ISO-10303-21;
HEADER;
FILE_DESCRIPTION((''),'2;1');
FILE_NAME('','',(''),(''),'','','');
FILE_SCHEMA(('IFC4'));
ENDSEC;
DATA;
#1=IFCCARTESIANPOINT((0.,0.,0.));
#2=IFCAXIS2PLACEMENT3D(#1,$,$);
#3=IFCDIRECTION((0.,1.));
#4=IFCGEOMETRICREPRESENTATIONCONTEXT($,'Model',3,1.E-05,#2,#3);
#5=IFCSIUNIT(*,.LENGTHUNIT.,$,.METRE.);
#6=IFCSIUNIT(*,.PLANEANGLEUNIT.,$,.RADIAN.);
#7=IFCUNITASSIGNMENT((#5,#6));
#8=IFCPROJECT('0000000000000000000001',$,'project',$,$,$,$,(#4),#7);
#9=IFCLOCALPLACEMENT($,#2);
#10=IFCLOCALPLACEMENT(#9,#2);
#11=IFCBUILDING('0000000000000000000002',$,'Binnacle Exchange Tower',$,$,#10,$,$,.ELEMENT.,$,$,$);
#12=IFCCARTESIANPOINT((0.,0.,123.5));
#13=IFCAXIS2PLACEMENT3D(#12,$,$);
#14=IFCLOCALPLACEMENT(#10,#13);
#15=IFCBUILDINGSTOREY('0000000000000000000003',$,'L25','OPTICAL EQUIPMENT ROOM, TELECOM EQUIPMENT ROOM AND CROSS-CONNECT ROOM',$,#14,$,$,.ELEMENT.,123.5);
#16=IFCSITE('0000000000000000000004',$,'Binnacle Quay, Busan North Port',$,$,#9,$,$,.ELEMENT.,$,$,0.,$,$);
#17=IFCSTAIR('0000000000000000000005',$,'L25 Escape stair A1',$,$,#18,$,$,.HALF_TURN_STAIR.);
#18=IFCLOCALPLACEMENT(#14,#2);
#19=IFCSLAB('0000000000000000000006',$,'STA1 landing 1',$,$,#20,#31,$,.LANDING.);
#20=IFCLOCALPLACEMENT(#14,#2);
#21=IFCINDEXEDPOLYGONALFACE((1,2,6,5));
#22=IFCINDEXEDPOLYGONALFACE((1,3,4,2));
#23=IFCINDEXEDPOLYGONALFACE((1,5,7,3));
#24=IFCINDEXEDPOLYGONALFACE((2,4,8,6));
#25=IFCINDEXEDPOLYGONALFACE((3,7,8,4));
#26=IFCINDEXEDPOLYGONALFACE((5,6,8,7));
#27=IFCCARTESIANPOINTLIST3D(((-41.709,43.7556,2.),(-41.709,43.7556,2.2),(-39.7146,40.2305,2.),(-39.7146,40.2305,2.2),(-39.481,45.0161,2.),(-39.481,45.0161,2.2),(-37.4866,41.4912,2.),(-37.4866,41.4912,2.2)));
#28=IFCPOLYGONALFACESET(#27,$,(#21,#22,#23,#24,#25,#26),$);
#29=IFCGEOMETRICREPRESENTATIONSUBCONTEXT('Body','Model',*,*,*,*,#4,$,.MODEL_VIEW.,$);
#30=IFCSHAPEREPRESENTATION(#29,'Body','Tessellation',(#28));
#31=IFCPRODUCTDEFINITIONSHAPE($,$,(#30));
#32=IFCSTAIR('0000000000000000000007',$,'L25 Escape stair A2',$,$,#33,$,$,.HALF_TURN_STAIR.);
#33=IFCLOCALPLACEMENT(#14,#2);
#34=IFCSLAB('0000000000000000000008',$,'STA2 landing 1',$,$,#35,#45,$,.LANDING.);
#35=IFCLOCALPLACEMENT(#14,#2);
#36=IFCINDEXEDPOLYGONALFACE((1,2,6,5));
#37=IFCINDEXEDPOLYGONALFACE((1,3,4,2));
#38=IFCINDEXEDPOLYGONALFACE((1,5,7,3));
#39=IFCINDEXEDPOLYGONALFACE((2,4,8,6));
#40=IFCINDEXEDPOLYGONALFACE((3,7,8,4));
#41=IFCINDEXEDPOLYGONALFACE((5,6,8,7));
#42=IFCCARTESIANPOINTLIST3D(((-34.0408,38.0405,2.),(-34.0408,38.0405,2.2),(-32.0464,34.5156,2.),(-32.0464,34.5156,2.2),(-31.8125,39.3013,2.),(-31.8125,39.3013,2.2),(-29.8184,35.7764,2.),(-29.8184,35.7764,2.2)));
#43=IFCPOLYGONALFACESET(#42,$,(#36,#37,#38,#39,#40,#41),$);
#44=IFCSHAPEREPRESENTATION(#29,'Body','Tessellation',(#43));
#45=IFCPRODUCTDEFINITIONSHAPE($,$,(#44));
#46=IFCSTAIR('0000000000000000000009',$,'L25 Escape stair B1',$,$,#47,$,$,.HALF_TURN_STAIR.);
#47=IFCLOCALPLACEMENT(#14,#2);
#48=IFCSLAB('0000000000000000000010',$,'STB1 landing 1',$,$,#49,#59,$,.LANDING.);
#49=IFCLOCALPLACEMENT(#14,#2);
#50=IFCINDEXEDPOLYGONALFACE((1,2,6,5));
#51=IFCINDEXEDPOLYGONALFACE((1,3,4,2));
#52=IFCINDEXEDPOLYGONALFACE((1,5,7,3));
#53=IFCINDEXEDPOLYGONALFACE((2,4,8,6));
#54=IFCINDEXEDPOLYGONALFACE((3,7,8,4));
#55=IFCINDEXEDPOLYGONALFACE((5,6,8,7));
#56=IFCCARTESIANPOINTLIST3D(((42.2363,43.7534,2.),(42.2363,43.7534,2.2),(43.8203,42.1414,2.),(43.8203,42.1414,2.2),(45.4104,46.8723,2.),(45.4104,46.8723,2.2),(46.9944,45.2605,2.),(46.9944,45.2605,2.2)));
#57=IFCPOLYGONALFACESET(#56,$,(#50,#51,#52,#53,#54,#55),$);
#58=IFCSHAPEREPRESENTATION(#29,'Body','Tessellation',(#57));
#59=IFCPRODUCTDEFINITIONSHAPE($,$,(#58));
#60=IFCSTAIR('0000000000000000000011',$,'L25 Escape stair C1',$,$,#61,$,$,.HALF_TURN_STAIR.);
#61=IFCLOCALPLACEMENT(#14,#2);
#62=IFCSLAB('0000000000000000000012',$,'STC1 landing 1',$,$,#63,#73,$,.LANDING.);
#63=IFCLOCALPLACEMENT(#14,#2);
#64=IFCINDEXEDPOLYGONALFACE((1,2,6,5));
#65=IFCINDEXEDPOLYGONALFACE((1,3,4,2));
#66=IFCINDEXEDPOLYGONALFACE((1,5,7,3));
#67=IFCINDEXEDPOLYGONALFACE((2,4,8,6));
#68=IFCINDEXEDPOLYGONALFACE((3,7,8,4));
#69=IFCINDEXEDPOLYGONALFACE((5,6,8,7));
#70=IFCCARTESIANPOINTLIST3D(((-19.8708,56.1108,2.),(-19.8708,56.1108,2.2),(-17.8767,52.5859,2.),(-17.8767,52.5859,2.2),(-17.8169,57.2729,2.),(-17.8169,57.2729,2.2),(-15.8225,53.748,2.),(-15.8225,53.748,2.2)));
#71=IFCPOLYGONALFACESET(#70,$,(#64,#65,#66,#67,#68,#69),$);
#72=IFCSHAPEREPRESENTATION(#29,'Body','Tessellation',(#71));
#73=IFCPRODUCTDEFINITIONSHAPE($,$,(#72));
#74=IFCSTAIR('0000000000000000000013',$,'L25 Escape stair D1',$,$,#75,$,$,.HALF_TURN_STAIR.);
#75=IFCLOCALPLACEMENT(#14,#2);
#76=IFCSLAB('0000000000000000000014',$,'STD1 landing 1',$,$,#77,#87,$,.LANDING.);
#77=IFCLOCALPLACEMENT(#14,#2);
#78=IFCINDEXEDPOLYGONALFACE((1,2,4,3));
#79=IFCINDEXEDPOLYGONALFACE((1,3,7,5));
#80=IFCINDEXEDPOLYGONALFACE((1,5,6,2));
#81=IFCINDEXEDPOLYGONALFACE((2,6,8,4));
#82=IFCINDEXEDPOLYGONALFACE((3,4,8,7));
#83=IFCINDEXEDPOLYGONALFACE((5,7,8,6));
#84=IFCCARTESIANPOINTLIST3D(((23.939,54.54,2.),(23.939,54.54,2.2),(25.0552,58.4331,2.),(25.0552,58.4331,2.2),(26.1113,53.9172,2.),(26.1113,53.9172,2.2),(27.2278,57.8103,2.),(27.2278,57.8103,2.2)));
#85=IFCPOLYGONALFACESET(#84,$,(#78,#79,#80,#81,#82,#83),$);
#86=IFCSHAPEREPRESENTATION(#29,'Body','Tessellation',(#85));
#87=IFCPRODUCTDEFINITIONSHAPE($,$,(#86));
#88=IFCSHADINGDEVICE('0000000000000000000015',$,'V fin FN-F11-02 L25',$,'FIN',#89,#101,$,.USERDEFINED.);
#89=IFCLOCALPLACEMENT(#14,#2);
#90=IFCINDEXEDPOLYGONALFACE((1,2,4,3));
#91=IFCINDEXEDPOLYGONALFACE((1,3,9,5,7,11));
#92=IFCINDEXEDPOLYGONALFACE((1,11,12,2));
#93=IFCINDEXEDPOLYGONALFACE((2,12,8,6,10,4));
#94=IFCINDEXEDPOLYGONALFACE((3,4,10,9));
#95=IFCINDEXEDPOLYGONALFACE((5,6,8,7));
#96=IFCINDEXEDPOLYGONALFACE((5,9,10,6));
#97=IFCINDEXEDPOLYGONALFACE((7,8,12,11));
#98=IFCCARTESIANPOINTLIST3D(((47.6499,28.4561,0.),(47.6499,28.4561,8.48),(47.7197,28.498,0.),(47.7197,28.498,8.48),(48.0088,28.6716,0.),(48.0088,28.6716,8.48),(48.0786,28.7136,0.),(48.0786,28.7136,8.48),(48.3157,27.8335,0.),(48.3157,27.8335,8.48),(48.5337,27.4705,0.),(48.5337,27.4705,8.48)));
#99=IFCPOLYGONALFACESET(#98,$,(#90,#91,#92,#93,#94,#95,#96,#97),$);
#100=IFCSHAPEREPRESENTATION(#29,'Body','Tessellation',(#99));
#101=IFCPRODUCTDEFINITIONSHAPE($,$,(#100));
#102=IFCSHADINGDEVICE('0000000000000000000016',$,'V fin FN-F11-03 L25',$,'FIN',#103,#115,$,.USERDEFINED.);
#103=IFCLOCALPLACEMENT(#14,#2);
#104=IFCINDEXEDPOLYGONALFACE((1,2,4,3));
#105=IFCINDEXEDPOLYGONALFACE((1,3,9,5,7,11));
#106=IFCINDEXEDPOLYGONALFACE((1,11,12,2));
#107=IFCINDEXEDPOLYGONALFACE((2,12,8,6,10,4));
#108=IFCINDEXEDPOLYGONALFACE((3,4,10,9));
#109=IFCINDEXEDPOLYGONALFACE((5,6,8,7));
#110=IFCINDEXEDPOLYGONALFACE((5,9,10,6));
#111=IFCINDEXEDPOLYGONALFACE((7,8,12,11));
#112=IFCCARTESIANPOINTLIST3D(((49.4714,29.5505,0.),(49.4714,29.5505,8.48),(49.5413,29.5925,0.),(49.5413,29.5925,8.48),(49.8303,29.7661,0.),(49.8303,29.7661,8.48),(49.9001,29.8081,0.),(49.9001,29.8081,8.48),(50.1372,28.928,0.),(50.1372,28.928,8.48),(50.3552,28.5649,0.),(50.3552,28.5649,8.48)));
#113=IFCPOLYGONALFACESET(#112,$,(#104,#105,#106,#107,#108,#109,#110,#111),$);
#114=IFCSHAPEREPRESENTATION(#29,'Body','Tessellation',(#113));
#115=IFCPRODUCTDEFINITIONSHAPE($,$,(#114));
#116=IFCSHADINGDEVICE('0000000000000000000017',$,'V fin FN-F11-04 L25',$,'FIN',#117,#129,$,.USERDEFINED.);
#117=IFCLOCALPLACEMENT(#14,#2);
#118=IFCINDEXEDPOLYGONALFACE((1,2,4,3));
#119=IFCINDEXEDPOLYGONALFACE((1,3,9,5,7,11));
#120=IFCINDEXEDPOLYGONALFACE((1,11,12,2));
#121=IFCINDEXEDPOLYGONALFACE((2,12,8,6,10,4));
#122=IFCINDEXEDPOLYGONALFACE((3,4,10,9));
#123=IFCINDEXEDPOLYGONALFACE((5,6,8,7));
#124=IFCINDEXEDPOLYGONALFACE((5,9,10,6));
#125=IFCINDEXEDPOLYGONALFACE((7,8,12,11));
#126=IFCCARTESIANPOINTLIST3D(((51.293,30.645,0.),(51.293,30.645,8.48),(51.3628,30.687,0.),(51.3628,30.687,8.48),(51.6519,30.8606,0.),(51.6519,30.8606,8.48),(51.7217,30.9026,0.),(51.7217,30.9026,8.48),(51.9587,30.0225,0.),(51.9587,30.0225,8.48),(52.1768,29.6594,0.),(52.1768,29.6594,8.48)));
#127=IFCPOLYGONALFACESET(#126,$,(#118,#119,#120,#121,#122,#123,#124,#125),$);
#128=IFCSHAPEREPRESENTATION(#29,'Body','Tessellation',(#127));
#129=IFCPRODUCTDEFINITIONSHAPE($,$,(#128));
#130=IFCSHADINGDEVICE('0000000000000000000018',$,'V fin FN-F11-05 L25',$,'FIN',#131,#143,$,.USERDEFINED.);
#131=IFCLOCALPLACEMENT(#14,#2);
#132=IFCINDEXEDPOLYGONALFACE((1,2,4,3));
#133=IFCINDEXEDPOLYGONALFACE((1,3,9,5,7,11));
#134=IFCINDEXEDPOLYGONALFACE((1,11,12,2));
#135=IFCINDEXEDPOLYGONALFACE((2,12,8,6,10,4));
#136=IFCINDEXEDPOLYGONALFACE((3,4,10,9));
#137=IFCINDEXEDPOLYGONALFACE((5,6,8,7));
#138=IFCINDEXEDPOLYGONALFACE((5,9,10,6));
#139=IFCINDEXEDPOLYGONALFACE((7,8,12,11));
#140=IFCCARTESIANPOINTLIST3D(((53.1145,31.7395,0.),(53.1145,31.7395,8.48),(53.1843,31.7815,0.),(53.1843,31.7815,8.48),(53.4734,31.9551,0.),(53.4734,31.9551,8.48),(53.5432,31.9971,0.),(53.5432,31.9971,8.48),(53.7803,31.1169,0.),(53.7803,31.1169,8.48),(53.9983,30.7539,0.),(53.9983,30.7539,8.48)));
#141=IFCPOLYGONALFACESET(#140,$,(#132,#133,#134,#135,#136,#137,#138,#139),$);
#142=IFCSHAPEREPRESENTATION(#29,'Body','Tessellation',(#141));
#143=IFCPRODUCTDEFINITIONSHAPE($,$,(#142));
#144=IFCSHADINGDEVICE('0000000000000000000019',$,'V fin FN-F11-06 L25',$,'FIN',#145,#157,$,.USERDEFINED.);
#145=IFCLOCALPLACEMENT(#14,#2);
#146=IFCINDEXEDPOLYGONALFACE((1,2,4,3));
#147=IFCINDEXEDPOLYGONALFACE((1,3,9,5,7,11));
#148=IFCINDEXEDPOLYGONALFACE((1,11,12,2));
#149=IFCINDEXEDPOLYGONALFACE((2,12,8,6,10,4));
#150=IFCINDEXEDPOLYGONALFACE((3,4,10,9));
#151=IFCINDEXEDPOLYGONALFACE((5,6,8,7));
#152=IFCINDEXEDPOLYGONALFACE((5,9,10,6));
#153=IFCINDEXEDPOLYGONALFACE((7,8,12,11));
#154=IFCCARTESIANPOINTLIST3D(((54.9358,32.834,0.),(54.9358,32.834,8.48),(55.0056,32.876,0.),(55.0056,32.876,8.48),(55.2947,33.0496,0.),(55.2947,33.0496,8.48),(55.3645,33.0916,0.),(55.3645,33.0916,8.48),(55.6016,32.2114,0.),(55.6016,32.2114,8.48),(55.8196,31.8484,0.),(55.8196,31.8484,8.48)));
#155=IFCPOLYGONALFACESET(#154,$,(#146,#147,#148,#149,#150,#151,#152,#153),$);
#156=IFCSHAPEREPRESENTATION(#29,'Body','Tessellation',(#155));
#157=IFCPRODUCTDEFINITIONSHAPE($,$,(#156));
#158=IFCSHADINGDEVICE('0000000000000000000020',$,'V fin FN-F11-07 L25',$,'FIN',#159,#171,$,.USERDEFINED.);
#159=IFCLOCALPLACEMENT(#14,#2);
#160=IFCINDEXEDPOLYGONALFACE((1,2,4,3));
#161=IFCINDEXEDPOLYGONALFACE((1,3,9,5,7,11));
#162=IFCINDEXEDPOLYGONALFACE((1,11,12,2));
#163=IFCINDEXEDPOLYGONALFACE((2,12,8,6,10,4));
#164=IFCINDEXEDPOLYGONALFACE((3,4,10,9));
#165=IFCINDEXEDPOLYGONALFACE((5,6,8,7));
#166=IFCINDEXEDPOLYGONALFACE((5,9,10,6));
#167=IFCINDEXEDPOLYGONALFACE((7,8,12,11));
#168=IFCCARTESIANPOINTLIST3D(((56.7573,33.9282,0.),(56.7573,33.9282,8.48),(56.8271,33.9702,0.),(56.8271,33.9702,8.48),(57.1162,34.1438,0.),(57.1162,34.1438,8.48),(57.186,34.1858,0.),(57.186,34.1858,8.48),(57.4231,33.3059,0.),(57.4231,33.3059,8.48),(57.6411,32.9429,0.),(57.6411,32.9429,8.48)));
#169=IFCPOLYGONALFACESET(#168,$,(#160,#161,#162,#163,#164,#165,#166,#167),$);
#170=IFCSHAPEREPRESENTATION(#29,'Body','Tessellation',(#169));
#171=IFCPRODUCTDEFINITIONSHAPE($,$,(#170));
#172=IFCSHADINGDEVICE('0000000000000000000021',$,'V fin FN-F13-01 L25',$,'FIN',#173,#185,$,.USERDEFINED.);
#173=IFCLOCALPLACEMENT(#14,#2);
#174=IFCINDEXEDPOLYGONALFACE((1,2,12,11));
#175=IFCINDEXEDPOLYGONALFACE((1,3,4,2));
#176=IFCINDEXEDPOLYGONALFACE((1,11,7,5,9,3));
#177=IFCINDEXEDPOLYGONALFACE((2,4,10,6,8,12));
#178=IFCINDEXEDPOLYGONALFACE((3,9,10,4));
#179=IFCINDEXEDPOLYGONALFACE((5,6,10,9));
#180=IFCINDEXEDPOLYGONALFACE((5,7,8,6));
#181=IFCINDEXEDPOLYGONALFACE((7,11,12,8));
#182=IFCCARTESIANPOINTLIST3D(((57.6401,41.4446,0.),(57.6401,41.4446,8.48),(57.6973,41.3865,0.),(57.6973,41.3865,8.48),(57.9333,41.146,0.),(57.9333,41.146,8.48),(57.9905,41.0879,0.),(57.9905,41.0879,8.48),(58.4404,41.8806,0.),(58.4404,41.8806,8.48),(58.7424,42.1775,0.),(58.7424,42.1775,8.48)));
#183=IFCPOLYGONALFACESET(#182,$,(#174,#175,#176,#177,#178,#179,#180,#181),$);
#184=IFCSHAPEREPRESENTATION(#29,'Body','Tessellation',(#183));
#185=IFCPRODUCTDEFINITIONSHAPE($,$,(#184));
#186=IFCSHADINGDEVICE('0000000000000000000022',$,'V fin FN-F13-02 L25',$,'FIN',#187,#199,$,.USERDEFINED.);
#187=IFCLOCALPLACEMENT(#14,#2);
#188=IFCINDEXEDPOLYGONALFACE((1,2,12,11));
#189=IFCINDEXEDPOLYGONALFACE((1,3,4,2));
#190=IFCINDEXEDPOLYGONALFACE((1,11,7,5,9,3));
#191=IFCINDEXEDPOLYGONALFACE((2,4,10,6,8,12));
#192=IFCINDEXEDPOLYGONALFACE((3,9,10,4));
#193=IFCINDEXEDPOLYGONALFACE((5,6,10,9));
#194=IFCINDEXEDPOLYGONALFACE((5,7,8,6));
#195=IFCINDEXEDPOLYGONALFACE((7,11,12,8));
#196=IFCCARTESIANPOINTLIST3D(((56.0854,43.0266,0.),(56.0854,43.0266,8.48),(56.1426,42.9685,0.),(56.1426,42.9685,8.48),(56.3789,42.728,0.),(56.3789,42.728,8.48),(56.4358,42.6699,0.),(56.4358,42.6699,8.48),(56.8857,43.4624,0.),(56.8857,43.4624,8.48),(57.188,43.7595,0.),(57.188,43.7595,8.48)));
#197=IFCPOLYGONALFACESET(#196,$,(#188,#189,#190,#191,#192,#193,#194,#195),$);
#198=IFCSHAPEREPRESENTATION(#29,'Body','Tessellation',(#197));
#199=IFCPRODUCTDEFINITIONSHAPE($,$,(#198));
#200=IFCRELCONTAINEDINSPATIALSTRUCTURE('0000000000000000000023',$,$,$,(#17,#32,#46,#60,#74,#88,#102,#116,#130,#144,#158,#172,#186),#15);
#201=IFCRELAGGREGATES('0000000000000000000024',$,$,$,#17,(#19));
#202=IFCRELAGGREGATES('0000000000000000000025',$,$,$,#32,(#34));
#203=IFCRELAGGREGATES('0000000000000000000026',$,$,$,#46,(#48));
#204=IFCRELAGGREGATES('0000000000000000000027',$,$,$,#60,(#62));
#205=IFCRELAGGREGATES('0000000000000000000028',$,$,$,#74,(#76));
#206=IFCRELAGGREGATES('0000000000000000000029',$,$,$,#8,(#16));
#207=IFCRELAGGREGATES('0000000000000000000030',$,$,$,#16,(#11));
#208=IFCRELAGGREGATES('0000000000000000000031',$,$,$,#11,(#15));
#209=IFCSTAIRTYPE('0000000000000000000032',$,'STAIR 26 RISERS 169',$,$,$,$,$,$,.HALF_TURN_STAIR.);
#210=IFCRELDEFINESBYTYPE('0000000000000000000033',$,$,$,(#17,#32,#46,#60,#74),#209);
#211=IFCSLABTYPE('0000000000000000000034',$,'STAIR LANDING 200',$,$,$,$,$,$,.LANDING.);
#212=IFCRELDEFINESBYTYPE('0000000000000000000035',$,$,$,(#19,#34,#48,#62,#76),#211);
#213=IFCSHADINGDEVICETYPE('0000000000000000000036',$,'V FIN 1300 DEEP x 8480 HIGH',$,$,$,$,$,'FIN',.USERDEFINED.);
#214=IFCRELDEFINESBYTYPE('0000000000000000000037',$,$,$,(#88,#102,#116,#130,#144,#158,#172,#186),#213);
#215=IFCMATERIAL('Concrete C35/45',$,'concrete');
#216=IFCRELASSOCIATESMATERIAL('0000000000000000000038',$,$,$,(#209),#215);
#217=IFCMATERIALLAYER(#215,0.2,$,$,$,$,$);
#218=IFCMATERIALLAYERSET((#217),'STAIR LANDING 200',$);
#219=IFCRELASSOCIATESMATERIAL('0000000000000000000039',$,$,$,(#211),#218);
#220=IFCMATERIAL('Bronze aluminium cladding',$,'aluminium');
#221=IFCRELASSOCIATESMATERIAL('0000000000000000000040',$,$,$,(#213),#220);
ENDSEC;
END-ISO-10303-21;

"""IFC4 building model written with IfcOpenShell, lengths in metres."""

from ifc_helpers import new_model, si_unit, direction, frame, origin, place, context, subcontext, project, spatial, polyline, outline, extrude, material, layer, layer_set, type_object, element, aggregate, save


model = new_model("IFC4")

# Units and contexts
model_context = context("Model", 3, precision=1e-05, world=origin(), true_north=direction((0.0, 1.0)))
body_context = subcontext(model_context, "Body", "Model", "MODEL_VIEW")
ifc_project = project(units=[si_unit("LENGTHUNIT", "METRE"), si_unit("PLANEANGLEUNIT", "RADIAN")], contexts=[model_context])

# Site, building, storey
site_placement = place(None, origin())
site = spatial("IfcSite", under=ifc_project, at=site_placement, Name="Binnacle Quay, Busan North Port", CompositionType="ELEMENT", RefElevation=0.0)
building_placement = place(site_placement, origin())
building = spatial("IfcBuilding", under=site, at=building_placement, Name="Binnacle Exchange Tower", CompositionType="ELEMENT")
storey_placement = place(building_placement, frame((0.0, 0.0, 123.5)))
storey = spatial("IfcBuildingStorey", under=building, at=storey_placement, Name="L25", Description="OPTICAL EQUIPMENT ROOM, TELECOM EQUIPMENT ROOM AND CROSS-CONNECT ROOM", CompositionType="ELEMENT", Elevation=123.5)

# Stairs, slabs
ifc_material_1 = material(Name="Concrete C35/45", Category="concrete")
stair_type = type_object("IfcStairType", Name="STAIR 26 RISERS 169", PredefinedType="HALF_TURN_STAIR", material=ifc_material_1)
stair_1_placement = place(storey_placement, origin())
stair_1 = element("IfcStair", 1, at=stair_1_placement, inside=storey, type_object=stair_type, Name="L25 Escape stair A1", PredefinedType="HALF_TURN_STAIR")
ifc_layer = layer(ifc_material_1, 0.2)
ifc_layer_set = layer_set([ifc_layer], Name="STAIR LANDING 200")
slab_type = type_object("IfcSlabType", Name="STAIR LANDING 200", PredefinedType="LANDING", material=ifc_layer_set)
slab_1_placement = place(storey_placement, frame((0.0, 0.0, 2.0)))
slab_1 = element("IfcSlab", 2, at=slab_1_placement, type_object=slab_type, Name="STA1 landing 1", PredefinedType="LANDING", context=body_context, shape_type="SweptSolid", body=[
    extrude(outline(polyline([(-39.7146, 40.2305), (-37.4866, 41.4912), (-39.481, 45.0161), (-41.709, 43.7556), (-39.7146, 40.2305)])), origin(), (0.0, 0.0, 1.0), 0.2),
])
aggregate(stair_1, [slab_1])
stair_2_placement = place(storey_placement, origin())
stair_2 = element("IfcStair", 3, at=stair_2_placement, inside=storey, type_object=stair_type, Name="L25 Escape stair A2", PredefinedType="HALF_TURN_STAIR")
slab_2_placement = place(storey_placement, frame((0.0, 0.0, 2.0)))
slab_2 = element("IfcSlab", 4, at=slab_2_placement, type_object=slab_type, Name="STA2 landing 1", PredefinedType="LANDING", context=body_context, shape_type="SweptSolid", body=[
    extrude(outline(polyline([(-31.8125, 39.3013), (-34.0408, 38.0405), (-32.0464, 34.5156), (-29.8184, 35.7764), (-31.8125, 39.3013)])), origin(), (0.0, 0.0, 1.0), 0.2),
])
aggregate(stair_2, [slab_2])
stair_3_placement = place(storey_placement, origin())
stair_3 = element("IfcStair", 5, at=stair_3_placement, inside=storey, type_object=stair_type, Name="L25 Escape stair B1", PredefinedType="HALF_TURN_STAIR")
slab_3_placement = place(storey_placement, frame((0.0, 0.0, 2.0)))
slab_3 = element("IfcSlab", 6, at=slab_3_placement, type_object=slab_type, Name="STB1 landing 1", PredefinedType="LANDING", context=body_context, shape_type="SweptSolid", body=[
    extrude(outline(polyline([(42.2363, 43.7534), (43.8203, 42.1414), (46.9944, 45.2605), (45.4104, 46.8723), (42.2363, 43.7534)])), origin(), (0.0, 0.0, 1.0), 0.2),
])
aggregate(stair_3, [slab_3])
stair_4_placement = place(storey_placement, origin())
stair_4 = element("IfcStair", 7, at=stair_4_placement, inside=storey, type_object=stair_type, Name="L25 Escape stair C1", PredefinedType="HALF_TURN_STAIR")
slab_4_placement = place(storey_placement, frame((0.0, 0.0, 2.0)))
slab_4 = element("IfcSlab", 8, at=slab_4_placement, type_object=slab_type, Name="STC1 landing 1", PredefinedType="LANDING", context=body_context, shape_type="SweptSolid", body=[
    extrude(outline(polyline([(-17.8767, 52.5859), (-15.8225, 53.748), (-17.8169, 57.2729), (-19.8708, 56.1108), (-17.8767, 52.5859)])), origin(), (0.0, 0.0, 1.0), 0.2),
])
aggregate(stair_4, [slab_4])
stair_5_placement = place(storey_placement, origin())
stair_5 = element("IfcStair", 9, at=stair_5_placement, inside=storey, type_object=stair_type, Name="L25 Escape stair D1", PredefinedType="HALF_TURN_STAIR")
slab_5_placement = place(storey_placement, frame((0.0, 0.0, 2.0)))
slab_5 = element("IfcSlab", 10, at=slab_5_placement, type_object=slab_type, Name="STD1 landing 1", PredefinedType="LANDING", context=body_context, shape_type="SweptSolid", body=[
    extrude(outline(polyline([(23.939, 54.54), (26.1113, 53.9172), (27.2278, 57.8103), (25.0552, 58.4331), (23.939, 54.54)])), origin(), (0.0, 0.0, 1.0), 0.2),
])
aggregate(stair_5, [slab_5])

# Shading devices
ifc_material_2 = material(Name="Bronze aluminium cladding", Category="aluminium")
shading_device_type = type_object("IfcShadingDeviceType", Name="V FIN 1300 DEEP x 8480 HIGH", ElementType="FIN", PredefinedType="USERDEFINED", material=ifc_material_2)
shading_device_1_placement = place(storey_placement, origin())
element("IfcShadingDevice", 11, at=shading_device_1_placement, inside=storey, type_object=shading_device_type, Name="V fin FN-F11-02 L25", ObjectType="FIN", PredefinedType="USERDEFINED", context=body_context, shape_type="SweptSolid", body=[
    extrude(outline(polyline([(47.6499, 28.4561), (48.5337, 27.4705), (48.0786, 28.7136), (48.0088, 28.6716), (48.3157, 27.8335), (47.7197, 28.498), (47.6499, 28.4561)])), origin(), (0.0, 0.0, 1.0), 8.48),
])
shading_device_2_placement = place(storey_placement, origin())
element("IfcShadingDevice", 12, at=shading_device_2_placement, inside=storey, type_object=shading_device_type, Name="V fin FN-F11-03 L25", ObjectType="FIN", PredefinedType="USERDEFINED", context=body_context, shape_type="SweptSolid", body=[
    extrude(outline(polyline([(49.4714, 29.5505), (50.3552, 28.5649), (49.9001, 29.8081), (49.8303, 29.7661), (50.1372, 28.928), (49.5413, 29.5925), (49.4714, 29.5505)])), origin(), (0.0, 0.0, 1.0), 8.48),
])
shading_device_3_placement = place(storey_placement, origin())
element("IfcShadingDevice", 13, at=shading_device_3_placement, inside=storey, type_object=shading_device_type, Name="V fin FN-F11-04 L25", ObjectType="FIN", PredefinedType="USERDEFINED", context=body_context, shape_type="SweptSolid", body=[
    extrude(outline(polyline([(51.293, 30.645), (52.1768, 29.6594), (51.7217, 30.9026), (51.6519, 30.8606), (51.9587, 30.0225), (51.3628, 30.687), (51.293, 30.645)])), origin(), (0.0, 0.0, 1.0), 8.48),
])
shading_device_4_placement = place(storey_placement, origin())
element("IfcShadingDevice", 14, at=shading_device_4_placement, inside=storey, type_object=shading_device_type, Name="V fin FN-F11-05 L25", ObjectType="FIN", PredefinedType="USERDEFINED", context=body_context, shape_type="SweptSolid", body=[
    extrude(outline(polyline([(53.1145, 31.7395), (53.9983, 30.7539), (53.5432, 31.9971), (53.4734, 31.9551), (53.7803, 31.1169), (53.1843, 31.7815), (53.1145, 31.7395)])), origin(), (0.0, 0.0, 1.0), 8.48),
])
shading_device_5_placement = place(storey_placement, origin())
element("IfcShadingDevice", 15, at=shading_device_5_placement, inside=storey, type_object=shading_device_type, Name="V fin FN-F11-06 L25", ObjectType="FIN", PredefinedType="USERDEFINED", context=body_context, shape_type="SweptSolid", body=[
    extrude(outline(polyline([(54.9358, 32.834), (55.8196, 31.8484), (55.3645, 33.0916), (55.2947, 33.0496), (55.6016, 32.2114), (55.0056, 32.876), (54.9358, 32.834)])), origin(), (0.0, 0.0, 1.0), 8.48),
])
shading_device_6_placement = place(storey_placement, origin())
element("IfcShadingDevice", 16, at=shading_device_6_placement, inside=storey, type_object=shading_device_type, Name="V fin FN-F11-07 L25", ObjectType="FIN", PredefinedType="USERDEFINED", context=body_context, shape_type="SweptSolid", body=[
    extrude(outline(polyline([(56.7573, 33.9282), (57.6411, 32.9429), (57.186, 34.1858), (57.1162, 34.1438), (57.4231, 33.3059), (56.8271, 33.9702), (56.7573, 33.9282)])), origin(), (0.0, 0.0, 1.0), 8.48),
])
shading_device_7_placement = place(storey_placement, origin())
element("IfcShadingDevice", 17, at=shading_device_7_placement, inside=storey, type_object=shading_device_type, Name="V fin FN-F13-01 L25", ObjectType="FIN", PredefinedType="USERDEFINED", context=body_context, shape_type="SweptSolid", body=[
    extrude(outline(polyline([(57.9905, 41.0879), (58.7424, 42.1775), (57.6401, 41.4446), (57.6973, 41.3865), (58.4404, 41.8806), (57.9333, 41.146), (57.9905, 41.0879)])), origin(), (0.0, 0.0, 1.0), 8.48),
])
shading_device_8_placement = place(storey_placement, origin())
element("IfcShadingDevice", 18, at=shading_device_8_placement, inside=storey, type_object=shading_device_type, Name="V fin FN-F13-02 L25", ObjectType="FIN", PredefinedType="USERDEFINED", context=body_context, shape_type="SweptSolid", body=[
    extrude(outline(polyline([(56.4358, 42.6699), (57.188, 43.7595), (56.0854, 43.0266), (56.1426, 42.9685), (56.8857, 43.4624), (56.3789, 42.728), (56.4358, 42.6699)])), origin(), (0.0, 0.0, 1.0), 8.48),
])

save(model, "model.ifc")
